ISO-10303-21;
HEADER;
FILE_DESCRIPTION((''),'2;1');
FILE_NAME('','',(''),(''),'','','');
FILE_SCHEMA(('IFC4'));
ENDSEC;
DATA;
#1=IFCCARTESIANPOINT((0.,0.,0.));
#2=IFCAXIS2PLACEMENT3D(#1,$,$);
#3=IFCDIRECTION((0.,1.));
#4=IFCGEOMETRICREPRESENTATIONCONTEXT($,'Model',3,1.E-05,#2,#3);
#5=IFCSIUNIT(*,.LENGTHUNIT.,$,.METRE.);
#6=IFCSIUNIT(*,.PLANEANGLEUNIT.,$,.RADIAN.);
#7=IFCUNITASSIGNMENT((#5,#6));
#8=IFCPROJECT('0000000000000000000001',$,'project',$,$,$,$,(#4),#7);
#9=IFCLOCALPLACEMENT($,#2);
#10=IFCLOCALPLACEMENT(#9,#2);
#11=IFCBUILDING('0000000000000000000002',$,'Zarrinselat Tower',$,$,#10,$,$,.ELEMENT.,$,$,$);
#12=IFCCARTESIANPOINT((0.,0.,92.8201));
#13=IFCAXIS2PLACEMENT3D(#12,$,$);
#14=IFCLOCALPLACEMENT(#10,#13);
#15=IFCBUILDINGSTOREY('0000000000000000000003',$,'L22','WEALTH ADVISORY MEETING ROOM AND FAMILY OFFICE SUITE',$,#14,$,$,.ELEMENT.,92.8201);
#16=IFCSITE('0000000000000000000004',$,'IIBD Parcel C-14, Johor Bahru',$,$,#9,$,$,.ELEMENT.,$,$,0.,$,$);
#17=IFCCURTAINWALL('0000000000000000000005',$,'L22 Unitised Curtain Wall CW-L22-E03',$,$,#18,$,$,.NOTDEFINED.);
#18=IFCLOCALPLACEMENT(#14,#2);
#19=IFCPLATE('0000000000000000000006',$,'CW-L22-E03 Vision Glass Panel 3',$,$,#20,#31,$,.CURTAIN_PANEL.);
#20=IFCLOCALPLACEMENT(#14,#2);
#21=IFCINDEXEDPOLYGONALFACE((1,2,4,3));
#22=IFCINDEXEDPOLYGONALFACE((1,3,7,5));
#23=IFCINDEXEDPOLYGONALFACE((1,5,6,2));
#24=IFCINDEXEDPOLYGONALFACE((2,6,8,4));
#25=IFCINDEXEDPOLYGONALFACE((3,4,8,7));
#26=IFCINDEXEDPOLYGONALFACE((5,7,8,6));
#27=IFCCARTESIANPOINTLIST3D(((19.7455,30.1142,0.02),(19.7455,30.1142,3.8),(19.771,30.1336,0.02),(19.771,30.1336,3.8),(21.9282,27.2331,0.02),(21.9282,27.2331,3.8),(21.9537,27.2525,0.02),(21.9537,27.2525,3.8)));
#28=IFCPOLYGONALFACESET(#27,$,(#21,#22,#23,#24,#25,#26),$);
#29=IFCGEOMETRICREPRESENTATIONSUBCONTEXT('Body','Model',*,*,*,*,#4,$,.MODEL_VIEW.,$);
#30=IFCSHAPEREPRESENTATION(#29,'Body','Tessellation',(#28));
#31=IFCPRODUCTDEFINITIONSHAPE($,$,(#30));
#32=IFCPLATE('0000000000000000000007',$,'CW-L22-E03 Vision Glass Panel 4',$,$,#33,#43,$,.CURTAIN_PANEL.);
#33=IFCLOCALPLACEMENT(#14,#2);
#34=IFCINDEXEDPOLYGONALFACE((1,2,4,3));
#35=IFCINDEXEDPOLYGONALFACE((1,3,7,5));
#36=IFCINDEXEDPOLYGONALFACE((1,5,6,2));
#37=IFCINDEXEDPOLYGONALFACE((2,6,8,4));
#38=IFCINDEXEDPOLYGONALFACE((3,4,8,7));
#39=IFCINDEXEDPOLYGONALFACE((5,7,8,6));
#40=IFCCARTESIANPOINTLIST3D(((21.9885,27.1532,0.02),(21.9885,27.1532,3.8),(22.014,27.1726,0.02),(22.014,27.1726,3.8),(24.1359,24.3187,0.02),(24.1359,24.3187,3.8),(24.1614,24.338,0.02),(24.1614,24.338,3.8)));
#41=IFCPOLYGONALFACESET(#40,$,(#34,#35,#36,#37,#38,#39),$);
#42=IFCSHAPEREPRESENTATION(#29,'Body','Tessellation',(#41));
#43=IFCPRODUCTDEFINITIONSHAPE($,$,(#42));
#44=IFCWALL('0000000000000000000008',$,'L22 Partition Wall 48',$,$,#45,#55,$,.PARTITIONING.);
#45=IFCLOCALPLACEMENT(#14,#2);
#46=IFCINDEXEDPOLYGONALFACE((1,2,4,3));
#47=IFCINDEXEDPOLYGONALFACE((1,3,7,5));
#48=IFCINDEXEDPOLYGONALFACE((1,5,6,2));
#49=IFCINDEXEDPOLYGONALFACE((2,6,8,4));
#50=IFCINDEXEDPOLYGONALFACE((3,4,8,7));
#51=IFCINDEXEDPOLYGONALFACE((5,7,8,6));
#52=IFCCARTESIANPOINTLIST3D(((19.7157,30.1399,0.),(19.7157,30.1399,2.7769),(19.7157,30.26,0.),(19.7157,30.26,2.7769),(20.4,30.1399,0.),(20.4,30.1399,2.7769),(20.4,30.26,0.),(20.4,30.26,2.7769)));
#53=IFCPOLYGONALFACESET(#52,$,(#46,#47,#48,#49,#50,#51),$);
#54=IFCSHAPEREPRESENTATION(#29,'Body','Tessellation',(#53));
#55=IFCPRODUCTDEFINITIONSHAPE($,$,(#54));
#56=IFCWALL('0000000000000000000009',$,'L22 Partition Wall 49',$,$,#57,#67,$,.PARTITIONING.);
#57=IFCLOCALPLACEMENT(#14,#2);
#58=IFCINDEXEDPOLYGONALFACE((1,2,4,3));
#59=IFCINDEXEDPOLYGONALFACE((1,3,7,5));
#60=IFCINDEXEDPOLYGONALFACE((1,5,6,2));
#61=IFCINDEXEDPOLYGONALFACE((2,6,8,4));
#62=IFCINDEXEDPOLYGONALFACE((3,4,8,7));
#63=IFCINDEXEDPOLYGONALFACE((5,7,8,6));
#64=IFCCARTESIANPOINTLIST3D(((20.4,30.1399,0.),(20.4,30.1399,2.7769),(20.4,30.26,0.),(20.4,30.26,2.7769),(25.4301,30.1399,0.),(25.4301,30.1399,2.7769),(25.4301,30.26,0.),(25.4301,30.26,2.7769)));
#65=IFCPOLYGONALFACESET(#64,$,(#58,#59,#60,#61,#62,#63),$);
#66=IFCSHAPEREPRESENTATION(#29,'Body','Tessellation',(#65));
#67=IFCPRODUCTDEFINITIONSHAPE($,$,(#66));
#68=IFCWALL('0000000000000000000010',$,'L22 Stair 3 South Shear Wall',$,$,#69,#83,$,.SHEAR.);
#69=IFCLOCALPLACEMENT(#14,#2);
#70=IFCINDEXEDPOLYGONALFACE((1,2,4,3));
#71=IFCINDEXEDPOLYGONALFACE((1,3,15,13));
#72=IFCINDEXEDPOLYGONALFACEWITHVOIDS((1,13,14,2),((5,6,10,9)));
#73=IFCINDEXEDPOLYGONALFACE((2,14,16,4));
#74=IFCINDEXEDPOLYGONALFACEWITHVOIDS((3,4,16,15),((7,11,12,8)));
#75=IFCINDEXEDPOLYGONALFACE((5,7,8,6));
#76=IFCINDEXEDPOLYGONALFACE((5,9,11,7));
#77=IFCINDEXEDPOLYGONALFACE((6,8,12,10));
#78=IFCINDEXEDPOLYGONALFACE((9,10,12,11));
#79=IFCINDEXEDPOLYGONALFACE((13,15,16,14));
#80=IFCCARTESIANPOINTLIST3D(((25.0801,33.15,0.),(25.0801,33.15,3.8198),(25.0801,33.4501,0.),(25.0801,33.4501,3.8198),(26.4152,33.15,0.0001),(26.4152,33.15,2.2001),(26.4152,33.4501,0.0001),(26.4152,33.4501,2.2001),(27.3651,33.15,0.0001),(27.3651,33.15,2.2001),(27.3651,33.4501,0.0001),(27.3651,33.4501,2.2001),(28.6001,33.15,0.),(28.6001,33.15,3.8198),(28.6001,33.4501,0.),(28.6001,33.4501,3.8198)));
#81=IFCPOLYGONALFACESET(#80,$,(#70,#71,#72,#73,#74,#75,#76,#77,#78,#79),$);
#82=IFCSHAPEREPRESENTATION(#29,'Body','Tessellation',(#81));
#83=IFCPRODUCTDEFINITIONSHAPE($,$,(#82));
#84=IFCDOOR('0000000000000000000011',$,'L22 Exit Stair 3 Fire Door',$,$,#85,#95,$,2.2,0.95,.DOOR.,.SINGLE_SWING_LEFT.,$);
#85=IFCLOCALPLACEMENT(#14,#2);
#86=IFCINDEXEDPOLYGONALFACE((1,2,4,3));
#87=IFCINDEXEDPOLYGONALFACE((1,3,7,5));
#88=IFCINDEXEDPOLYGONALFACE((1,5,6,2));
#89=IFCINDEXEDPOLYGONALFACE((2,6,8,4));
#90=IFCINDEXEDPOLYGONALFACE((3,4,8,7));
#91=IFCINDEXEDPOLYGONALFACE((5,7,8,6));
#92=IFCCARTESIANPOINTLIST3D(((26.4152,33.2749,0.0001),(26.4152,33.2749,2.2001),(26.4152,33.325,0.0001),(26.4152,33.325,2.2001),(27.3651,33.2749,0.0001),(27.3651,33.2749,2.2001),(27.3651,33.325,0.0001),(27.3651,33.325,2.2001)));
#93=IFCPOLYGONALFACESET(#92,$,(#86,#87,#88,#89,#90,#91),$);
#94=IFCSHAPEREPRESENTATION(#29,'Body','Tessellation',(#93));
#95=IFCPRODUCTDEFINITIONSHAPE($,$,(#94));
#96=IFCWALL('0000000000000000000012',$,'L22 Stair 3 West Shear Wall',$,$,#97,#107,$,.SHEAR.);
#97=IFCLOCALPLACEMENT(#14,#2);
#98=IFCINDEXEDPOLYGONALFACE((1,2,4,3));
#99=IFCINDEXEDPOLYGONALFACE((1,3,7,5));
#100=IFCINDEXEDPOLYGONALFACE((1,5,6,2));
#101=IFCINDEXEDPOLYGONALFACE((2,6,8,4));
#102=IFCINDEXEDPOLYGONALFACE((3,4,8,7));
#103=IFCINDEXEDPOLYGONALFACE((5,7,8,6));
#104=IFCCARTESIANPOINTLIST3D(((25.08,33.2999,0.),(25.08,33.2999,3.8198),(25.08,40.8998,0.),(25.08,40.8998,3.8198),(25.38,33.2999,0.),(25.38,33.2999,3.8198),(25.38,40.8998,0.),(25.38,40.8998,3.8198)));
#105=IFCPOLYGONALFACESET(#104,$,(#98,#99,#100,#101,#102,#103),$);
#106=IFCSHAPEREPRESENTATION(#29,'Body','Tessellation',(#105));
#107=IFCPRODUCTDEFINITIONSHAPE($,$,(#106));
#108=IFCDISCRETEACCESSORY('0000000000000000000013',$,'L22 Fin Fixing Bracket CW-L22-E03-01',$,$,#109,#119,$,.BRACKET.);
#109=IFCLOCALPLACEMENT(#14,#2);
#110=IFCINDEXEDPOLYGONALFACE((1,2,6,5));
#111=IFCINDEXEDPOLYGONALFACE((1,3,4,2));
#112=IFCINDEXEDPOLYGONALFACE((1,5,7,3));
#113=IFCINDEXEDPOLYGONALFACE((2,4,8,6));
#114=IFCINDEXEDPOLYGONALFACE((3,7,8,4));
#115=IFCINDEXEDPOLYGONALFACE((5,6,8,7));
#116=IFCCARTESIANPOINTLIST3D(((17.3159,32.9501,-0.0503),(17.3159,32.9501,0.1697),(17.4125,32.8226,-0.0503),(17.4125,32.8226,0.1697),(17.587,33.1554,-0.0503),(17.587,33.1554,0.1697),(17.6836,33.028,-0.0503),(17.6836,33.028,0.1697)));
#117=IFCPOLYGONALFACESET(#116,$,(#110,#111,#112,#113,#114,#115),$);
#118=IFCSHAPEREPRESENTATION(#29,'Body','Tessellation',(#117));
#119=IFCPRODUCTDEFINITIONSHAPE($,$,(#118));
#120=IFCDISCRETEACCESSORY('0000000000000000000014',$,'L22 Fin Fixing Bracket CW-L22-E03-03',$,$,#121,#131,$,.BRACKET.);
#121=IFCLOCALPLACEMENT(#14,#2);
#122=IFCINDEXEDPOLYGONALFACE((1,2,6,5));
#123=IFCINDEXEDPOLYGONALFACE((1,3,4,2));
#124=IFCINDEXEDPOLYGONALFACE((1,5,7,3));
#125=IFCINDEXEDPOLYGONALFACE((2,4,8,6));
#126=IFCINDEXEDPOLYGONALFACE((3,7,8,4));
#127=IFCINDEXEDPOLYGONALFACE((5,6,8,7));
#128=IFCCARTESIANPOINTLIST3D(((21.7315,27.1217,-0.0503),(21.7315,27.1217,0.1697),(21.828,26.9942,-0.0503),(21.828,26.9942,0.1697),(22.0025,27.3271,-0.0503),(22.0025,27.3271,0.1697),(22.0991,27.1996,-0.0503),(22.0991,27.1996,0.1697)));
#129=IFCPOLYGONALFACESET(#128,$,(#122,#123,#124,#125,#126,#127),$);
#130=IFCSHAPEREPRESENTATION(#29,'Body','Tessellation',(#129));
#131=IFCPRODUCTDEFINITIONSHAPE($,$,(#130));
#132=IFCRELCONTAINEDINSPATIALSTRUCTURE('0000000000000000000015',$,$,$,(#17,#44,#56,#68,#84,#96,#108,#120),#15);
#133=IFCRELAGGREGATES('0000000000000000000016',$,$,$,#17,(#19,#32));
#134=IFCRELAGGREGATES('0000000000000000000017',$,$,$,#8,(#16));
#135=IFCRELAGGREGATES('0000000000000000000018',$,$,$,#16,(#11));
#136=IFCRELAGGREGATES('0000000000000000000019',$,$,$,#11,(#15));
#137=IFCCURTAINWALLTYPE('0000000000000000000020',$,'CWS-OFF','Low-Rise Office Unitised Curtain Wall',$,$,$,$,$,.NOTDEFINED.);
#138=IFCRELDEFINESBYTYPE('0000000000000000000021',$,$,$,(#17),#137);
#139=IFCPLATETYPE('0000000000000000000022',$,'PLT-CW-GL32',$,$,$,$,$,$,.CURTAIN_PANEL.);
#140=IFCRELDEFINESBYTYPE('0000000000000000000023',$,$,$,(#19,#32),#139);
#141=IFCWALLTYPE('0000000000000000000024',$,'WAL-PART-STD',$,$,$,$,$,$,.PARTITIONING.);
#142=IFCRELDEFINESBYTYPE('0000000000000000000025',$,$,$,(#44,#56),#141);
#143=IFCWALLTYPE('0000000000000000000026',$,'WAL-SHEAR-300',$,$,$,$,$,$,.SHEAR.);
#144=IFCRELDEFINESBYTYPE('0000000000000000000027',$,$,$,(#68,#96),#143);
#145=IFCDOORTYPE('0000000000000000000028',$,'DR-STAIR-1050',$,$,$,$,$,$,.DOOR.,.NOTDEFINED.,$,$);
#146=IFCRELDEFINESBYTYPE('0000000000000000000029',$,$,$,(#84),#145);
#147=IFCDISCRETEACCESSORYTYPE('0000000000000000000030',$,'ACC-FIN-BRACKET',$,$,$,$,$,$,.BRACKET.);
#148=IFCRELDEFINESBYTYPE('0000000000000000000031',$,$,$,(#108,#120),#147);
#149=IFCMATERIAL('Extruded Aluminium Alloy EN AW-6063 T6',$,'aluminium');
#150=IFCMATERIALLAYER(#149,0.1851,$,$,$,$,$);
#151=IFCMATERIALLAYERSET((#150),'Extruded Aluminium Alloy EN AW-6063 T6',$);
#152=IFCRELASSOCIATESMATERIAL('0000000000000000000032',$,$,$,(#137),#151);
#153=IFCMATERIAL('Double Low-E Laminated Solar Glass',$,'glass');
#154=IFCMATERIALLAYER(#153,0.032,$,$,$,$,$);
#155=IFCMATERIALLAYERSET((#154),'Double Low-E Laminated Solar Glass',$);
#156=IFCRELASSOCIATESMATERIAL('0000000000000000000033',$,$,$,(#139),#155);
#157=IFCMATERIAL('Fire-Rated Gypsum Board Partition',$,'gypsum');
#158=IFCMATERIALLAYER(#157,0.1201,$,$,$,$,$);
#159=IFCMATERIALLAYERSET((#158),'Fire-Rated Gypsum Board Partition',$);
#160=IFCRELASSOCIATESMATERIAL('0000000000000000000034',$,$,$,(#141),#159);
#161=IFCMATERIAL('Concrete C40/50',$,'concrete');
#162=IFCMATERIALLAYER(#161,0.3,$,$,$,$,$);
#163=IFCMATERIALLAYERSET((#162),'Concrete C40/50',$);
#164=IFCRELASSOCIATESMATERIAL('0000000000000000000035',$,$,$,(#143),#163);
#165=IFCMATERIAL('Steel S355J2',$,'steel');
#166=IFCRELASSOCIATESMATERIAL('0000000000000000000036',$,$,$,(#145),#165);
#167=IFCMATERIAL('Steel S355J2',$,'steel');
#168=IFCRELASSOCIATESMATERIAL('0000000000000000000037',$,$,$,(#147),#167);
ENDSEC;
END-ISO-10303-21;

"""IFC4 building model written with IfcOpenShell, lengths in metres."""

from ifc_helpers import new_model, si_unit, direction, frame, frame_2d, origin, origin_2d, place, context, subcontext, project, spatial, rectangle, extrude, material, layer, layer_set, type_object, element, fill, aggregate, save


model = new_model("IFC4")

# Units and contexts
model_context = context("Model", 3, precision=1e-05, world=origin(), true_north=direction((0.0, 1.0)))
body_context = subcontext(model_context, "Body", "Model", "MODEL_VIEW")
ifc_project = project(units=[si_unit("LENGTHUNIT", "METRE"), si_unit("PLANEANGLEUNIT", "RADIAN")], contexts=[model_context])

# Site, building, storey
site_placement = place(None, origin())
site = spatial("IfcSite", under=ifc_project, at=site_placement, Name="IIBD Parcel C-14, Johor Bahru", CompositionType="ELEMENT", RefElevation=0.0)
building_placement = place(site_placement, origin())
building = spatial("IfcBuilding", under=site, at=building_placement, Name="Zarrinselat Tower", CompositionType="ELEMENT")
storey_placement = place(building_placement, frame((0.0, 0.0, 92.8201)))
storey = spatial("IfcBuildingStorey", under=building, at=storey_placement, Name="L22", Description="WEALTH ADVISORY MEETING ROOM AND FAMILY OFFICE SUITE", CompositionType="ELEMENT", Elevation=92.8201)

# Curtain wall, plates
ifc_material_1 = material(Name="Extruded Aluminium Alloy EN AW-6063 T6", Category="aluminium")
ifc_layer_1 = layer(ifc_material_1, 0.1851)
ifc_layer_set_1 = layer_set([ifc_layer_1], Name="Extruded Aluminium Alloy EN AW-6063 T6")
curtain_wall_type = type_object("IfcCurtainWallType", Name="CWS-OFF", Description="Low-Rise Office Unitised Curtain Wall", PredefinedType="NOTDEFINED", material=ifc_layer_set_1)
curtain_wall_placement = place(storey_placement, origin())
curtain_wall = element("IfcCurtainWall", 1, at=curtain_wall_placement, inside=storey, type_object=curtain_wall_type, Name="L22 Unitised Curtain Wall CW-L22-E03", PredefinedType="NOTDEFINED")
ifc_material_2 = material(Name="Double Low-E Laminated Solar Glass", Category="glass")
ifc_layer_2 = layer(ifc_material_2, 0.032)
ifc_layer_set_2 = layer_set([ifc_layer_2], Name="Double Low-E Laminated Solar Glass")
plate_type = type_object("IfcPlateType", Name="PLT-CW-GL32", PredefinedType="CURTAIN_PANEL", material=ifc_layer_set_2)
plate_1_placement = place(storey_placement, frame((20.8496, 28.6833, 0.02), z_axis=(0.0, 0.0, 1.0), x_axis=(0.603856, -0.797093, 0.0)))
plate_1 = element("IfcPlate", 2, at=plate_1_placement, type_object=plate_type, Name="CW-L22-E03 Vision Glass Panel 3", PredefinedType="CURTAIN_PANEL", context=body_context, shape_type="SweptSolid", body=[
    extrude(rectangle(XDim=3.6145, YDim=0.032, at=origin_2d()), origin(), (0.0, 0.0, 1.0), 3.78),
])
plate_2_placement = place(storey_placement, frame((23.075, 25.7456, 0.02), z_axis=(0.0, 0.0, 1.0), x_axis=(0.603856, -0.797093, 0.0)))
plate_2 = element("IfcPlate", 3, at=plate_2_placement, type_object=plate_type, Name="CW-L22-E03 Vision Glass Panel 4", PredefinedType="CURTAIN_PANEL", context=body_context, shape_type="SweptSolid", body=[
    extrude(rectangle(XDim=3.5562, YDim=0.032, at=origin_2d()), origin(), (0.0, 0.0, 1.0), 3.78),
])
aggregate(curtain_wall, [plate_1, plate_2])

# Walls
ifc_material_3 = material(Name="Fire-Rated Gypsum Board Partition", Category="gypsum")
ifc_layer_3 = layer(ifc_material_3, 0.1201)
ifc_layer_set_3 = layer_set([ifc_layer_3], Name="Fire-Rated Gypsum Board Partition")
wall_type_1 = type_object("IfcWallType", Name="WAL-PART-STD", PredefinedType="PARTITIONING", material=ifc_layer_set_3)
wall_1_placement = place(storey_placement, frame((19.7156, 30.2, 0.0), z_axis=(0.0, 0.0, 1.0), x_axis=(1.0, 0.0, 0.0)))
element("IfcWall", 4, at=wall_1_placement, inside=storey, type_object=wall_type_1, Name="L22 Partition Wall 48", PredefinedType="PARTITIONING", context=body_context, shape_type="SweptSolid", body=[
    extrude(rectangle(XDim=0.6843, YDim=0.1201, at=frame_2d((0.3423, 0.0))), origin(), (0.0, 0.0, 1.0), 2.7769),
])
wall_2_placement = place(storey_placement, frame((20.3999, 30.2, 0.0), z_axis=(0.0, 0.0, 1.0), x_axis=(1.0, 0.0, 0.0)))
element("IfcWall", 5, at=wall_2_placement, inside=storey, type_object=wall_type_1, Name="L22 Partition Wall 49", PredefinedType="PARTITIONING", context=body_context, shape_type="SweptSolid", body=[
    extrude(rectangle(XDim=5.03, YDim=0.1201, at=frame_2d((2.5151, 0.0))), origin(), (0.0, 0.0, 1.0), 2.7769),
])

# Wall, opening, door
ifc_material_4 = material(Name="Concrete C40/50", Category="concrete")
ifc_layer_4 = layer(ifc_material_4, 0.3)
ifc_layer_set_4 = layer_set([ifc_layer_4], Name="Concrete C40/50")
wall_type_2 = type_object("IfcWallType", Name="WAL-SHEAR-300", PredefinedType="SHEAR", material=ifc_layer_set_4)
wall_3_placement = place(storey_placement, frame((25.0801, 33.3, 0.0), z_axis=(0.0, 0.0, 1.0), x_axis=(1.0, 0.0, 0.0)))
wall_3 = element("IfcWall", 6, at=wall_3_placement, inside=storey, type_object=wall_type_2, Name="L22 Stair 3 South Shear Wall", PredefinedType="SHEAR", context=body_context, shape_type="SweptSolid", body=[
    extrude(rectangle(XDim=3.52, YDim=0.3, at=frame_2d((1.76, 0.0))), origin(), (0.0, 0.0, 1.0), 3.8198),
])
opening_placement = place(wall_3_placement, frame((1.335, 0.0, 0.0)))
opening = element("IfcOpeningElement", 7, at=opening_placement, cuts=wall_3, PredefinedType="OPENING", context=body_context, shape_type="SweptSolid", body=[
    extrude(rectangle(XDim=0.95, YDim=2.2, at=frame_2d((0.4751, 1.1001))), frame((0.0, 0.1599, 0.0), z_axis=(0.0, -1.0, 0.0), x_axis=(1.0, 0.0, 0.0)), (0.0, 0.0, 1.0), 0.3201),
])
ifc_material_5 = material(Name="Steel S355J2", Category="steel")
door_type = type_object("IfcDoorType", Name="DR-STAIR-1050", OperationType="NOTDEFINED", PredefinedType="DOOR", material=ifc_material_5)
door_placement = place(opening_placement, origin())
door = element("IfcDoor", 8, at=door_placement, inside=storey, type_object=door_type, Name="L22 Exit Stair 3 Fire Door", OperationType="SINGLE_SWING_LEFT", OverallHeight=2.2, OverallWidth=0.95, PredefinedType="DOOR", context=body_context, shape_type="SweptSolid", body=[
    extrude(rectangle(XDim=0.95, YDim=2.2, at=frame_2d((0.4751, 1.1001))), frame((0.0, 0.0249, 0.0), z_axis=(0.0, -1.0, 0.0), x_axis=(1.0, 0.0, 0.0)), (0.0, 0.0, 1.0), 0.05),
])
fill(opening, door)

# Wall
wall_4_placement = place(storey_placement, frame((25.23, 33.3, 0.0), z_axis=(0.0, 0.0, 1.0), x_axis=(0.0, 1.0, 0.0)))
element("IfcWall", 9, at=wall_4_placement, inside=storey, type_object=wall_type_2, Name="L22 Stair 3 West Shear Wall", PredefinedType="SHEAR", context=body_context, shape_type="SweptSolid", body=[
    extrude(rectangle(XDim=7.5999, YDim=0.3, at=frame_2d((3.7998, 0.0))), origin(), (0.0, 0.0, 1.0), 3.8198),
])

# Discrete accessories
ifc_material_6 = material(Name="Steel S355J2", Category="steel")
discrete_accessory_type = type_object("IfcDiscreteAccessoryType", Name="ACC-FIN-BRACKET", PredefinedType="BRACKET", material=ifc_material_6)
for number, where, z_axis, x_axis, name in (
    (10, (17.4998, 32.989, -0.0503), (0.0, 0.0, 1.0), (-0.797093, -0.603856, 0.0), "L22 Fin Fixing Bracket CW-L22-E03-01"),
    (11, (21.9153, 27.1606, -0.0503), (0.0, 0.0, 1.0), (-0.797093, -0.603856, 0.0), "L22 Fin Fixing Bracket CW-L22-E03-03"),
):
    element("IfcDiscreteAccessory", number, at=place(storey_placement, frame(where, z_axis=z_axis, x_axis=x_axis)), inside=storey, type_object=discrete_accessory_type, Name=name, PredefinedType="BRACKET", context=body_context, shape_type="SweptSolid", body=[
        extrude(rectangle(XDim=0.3401, YDim=0.1599, at=origin_2d()), origin(), (0.0, 0.0, 1.0), 0.22),
    ])

save(model, "model.ifc")
